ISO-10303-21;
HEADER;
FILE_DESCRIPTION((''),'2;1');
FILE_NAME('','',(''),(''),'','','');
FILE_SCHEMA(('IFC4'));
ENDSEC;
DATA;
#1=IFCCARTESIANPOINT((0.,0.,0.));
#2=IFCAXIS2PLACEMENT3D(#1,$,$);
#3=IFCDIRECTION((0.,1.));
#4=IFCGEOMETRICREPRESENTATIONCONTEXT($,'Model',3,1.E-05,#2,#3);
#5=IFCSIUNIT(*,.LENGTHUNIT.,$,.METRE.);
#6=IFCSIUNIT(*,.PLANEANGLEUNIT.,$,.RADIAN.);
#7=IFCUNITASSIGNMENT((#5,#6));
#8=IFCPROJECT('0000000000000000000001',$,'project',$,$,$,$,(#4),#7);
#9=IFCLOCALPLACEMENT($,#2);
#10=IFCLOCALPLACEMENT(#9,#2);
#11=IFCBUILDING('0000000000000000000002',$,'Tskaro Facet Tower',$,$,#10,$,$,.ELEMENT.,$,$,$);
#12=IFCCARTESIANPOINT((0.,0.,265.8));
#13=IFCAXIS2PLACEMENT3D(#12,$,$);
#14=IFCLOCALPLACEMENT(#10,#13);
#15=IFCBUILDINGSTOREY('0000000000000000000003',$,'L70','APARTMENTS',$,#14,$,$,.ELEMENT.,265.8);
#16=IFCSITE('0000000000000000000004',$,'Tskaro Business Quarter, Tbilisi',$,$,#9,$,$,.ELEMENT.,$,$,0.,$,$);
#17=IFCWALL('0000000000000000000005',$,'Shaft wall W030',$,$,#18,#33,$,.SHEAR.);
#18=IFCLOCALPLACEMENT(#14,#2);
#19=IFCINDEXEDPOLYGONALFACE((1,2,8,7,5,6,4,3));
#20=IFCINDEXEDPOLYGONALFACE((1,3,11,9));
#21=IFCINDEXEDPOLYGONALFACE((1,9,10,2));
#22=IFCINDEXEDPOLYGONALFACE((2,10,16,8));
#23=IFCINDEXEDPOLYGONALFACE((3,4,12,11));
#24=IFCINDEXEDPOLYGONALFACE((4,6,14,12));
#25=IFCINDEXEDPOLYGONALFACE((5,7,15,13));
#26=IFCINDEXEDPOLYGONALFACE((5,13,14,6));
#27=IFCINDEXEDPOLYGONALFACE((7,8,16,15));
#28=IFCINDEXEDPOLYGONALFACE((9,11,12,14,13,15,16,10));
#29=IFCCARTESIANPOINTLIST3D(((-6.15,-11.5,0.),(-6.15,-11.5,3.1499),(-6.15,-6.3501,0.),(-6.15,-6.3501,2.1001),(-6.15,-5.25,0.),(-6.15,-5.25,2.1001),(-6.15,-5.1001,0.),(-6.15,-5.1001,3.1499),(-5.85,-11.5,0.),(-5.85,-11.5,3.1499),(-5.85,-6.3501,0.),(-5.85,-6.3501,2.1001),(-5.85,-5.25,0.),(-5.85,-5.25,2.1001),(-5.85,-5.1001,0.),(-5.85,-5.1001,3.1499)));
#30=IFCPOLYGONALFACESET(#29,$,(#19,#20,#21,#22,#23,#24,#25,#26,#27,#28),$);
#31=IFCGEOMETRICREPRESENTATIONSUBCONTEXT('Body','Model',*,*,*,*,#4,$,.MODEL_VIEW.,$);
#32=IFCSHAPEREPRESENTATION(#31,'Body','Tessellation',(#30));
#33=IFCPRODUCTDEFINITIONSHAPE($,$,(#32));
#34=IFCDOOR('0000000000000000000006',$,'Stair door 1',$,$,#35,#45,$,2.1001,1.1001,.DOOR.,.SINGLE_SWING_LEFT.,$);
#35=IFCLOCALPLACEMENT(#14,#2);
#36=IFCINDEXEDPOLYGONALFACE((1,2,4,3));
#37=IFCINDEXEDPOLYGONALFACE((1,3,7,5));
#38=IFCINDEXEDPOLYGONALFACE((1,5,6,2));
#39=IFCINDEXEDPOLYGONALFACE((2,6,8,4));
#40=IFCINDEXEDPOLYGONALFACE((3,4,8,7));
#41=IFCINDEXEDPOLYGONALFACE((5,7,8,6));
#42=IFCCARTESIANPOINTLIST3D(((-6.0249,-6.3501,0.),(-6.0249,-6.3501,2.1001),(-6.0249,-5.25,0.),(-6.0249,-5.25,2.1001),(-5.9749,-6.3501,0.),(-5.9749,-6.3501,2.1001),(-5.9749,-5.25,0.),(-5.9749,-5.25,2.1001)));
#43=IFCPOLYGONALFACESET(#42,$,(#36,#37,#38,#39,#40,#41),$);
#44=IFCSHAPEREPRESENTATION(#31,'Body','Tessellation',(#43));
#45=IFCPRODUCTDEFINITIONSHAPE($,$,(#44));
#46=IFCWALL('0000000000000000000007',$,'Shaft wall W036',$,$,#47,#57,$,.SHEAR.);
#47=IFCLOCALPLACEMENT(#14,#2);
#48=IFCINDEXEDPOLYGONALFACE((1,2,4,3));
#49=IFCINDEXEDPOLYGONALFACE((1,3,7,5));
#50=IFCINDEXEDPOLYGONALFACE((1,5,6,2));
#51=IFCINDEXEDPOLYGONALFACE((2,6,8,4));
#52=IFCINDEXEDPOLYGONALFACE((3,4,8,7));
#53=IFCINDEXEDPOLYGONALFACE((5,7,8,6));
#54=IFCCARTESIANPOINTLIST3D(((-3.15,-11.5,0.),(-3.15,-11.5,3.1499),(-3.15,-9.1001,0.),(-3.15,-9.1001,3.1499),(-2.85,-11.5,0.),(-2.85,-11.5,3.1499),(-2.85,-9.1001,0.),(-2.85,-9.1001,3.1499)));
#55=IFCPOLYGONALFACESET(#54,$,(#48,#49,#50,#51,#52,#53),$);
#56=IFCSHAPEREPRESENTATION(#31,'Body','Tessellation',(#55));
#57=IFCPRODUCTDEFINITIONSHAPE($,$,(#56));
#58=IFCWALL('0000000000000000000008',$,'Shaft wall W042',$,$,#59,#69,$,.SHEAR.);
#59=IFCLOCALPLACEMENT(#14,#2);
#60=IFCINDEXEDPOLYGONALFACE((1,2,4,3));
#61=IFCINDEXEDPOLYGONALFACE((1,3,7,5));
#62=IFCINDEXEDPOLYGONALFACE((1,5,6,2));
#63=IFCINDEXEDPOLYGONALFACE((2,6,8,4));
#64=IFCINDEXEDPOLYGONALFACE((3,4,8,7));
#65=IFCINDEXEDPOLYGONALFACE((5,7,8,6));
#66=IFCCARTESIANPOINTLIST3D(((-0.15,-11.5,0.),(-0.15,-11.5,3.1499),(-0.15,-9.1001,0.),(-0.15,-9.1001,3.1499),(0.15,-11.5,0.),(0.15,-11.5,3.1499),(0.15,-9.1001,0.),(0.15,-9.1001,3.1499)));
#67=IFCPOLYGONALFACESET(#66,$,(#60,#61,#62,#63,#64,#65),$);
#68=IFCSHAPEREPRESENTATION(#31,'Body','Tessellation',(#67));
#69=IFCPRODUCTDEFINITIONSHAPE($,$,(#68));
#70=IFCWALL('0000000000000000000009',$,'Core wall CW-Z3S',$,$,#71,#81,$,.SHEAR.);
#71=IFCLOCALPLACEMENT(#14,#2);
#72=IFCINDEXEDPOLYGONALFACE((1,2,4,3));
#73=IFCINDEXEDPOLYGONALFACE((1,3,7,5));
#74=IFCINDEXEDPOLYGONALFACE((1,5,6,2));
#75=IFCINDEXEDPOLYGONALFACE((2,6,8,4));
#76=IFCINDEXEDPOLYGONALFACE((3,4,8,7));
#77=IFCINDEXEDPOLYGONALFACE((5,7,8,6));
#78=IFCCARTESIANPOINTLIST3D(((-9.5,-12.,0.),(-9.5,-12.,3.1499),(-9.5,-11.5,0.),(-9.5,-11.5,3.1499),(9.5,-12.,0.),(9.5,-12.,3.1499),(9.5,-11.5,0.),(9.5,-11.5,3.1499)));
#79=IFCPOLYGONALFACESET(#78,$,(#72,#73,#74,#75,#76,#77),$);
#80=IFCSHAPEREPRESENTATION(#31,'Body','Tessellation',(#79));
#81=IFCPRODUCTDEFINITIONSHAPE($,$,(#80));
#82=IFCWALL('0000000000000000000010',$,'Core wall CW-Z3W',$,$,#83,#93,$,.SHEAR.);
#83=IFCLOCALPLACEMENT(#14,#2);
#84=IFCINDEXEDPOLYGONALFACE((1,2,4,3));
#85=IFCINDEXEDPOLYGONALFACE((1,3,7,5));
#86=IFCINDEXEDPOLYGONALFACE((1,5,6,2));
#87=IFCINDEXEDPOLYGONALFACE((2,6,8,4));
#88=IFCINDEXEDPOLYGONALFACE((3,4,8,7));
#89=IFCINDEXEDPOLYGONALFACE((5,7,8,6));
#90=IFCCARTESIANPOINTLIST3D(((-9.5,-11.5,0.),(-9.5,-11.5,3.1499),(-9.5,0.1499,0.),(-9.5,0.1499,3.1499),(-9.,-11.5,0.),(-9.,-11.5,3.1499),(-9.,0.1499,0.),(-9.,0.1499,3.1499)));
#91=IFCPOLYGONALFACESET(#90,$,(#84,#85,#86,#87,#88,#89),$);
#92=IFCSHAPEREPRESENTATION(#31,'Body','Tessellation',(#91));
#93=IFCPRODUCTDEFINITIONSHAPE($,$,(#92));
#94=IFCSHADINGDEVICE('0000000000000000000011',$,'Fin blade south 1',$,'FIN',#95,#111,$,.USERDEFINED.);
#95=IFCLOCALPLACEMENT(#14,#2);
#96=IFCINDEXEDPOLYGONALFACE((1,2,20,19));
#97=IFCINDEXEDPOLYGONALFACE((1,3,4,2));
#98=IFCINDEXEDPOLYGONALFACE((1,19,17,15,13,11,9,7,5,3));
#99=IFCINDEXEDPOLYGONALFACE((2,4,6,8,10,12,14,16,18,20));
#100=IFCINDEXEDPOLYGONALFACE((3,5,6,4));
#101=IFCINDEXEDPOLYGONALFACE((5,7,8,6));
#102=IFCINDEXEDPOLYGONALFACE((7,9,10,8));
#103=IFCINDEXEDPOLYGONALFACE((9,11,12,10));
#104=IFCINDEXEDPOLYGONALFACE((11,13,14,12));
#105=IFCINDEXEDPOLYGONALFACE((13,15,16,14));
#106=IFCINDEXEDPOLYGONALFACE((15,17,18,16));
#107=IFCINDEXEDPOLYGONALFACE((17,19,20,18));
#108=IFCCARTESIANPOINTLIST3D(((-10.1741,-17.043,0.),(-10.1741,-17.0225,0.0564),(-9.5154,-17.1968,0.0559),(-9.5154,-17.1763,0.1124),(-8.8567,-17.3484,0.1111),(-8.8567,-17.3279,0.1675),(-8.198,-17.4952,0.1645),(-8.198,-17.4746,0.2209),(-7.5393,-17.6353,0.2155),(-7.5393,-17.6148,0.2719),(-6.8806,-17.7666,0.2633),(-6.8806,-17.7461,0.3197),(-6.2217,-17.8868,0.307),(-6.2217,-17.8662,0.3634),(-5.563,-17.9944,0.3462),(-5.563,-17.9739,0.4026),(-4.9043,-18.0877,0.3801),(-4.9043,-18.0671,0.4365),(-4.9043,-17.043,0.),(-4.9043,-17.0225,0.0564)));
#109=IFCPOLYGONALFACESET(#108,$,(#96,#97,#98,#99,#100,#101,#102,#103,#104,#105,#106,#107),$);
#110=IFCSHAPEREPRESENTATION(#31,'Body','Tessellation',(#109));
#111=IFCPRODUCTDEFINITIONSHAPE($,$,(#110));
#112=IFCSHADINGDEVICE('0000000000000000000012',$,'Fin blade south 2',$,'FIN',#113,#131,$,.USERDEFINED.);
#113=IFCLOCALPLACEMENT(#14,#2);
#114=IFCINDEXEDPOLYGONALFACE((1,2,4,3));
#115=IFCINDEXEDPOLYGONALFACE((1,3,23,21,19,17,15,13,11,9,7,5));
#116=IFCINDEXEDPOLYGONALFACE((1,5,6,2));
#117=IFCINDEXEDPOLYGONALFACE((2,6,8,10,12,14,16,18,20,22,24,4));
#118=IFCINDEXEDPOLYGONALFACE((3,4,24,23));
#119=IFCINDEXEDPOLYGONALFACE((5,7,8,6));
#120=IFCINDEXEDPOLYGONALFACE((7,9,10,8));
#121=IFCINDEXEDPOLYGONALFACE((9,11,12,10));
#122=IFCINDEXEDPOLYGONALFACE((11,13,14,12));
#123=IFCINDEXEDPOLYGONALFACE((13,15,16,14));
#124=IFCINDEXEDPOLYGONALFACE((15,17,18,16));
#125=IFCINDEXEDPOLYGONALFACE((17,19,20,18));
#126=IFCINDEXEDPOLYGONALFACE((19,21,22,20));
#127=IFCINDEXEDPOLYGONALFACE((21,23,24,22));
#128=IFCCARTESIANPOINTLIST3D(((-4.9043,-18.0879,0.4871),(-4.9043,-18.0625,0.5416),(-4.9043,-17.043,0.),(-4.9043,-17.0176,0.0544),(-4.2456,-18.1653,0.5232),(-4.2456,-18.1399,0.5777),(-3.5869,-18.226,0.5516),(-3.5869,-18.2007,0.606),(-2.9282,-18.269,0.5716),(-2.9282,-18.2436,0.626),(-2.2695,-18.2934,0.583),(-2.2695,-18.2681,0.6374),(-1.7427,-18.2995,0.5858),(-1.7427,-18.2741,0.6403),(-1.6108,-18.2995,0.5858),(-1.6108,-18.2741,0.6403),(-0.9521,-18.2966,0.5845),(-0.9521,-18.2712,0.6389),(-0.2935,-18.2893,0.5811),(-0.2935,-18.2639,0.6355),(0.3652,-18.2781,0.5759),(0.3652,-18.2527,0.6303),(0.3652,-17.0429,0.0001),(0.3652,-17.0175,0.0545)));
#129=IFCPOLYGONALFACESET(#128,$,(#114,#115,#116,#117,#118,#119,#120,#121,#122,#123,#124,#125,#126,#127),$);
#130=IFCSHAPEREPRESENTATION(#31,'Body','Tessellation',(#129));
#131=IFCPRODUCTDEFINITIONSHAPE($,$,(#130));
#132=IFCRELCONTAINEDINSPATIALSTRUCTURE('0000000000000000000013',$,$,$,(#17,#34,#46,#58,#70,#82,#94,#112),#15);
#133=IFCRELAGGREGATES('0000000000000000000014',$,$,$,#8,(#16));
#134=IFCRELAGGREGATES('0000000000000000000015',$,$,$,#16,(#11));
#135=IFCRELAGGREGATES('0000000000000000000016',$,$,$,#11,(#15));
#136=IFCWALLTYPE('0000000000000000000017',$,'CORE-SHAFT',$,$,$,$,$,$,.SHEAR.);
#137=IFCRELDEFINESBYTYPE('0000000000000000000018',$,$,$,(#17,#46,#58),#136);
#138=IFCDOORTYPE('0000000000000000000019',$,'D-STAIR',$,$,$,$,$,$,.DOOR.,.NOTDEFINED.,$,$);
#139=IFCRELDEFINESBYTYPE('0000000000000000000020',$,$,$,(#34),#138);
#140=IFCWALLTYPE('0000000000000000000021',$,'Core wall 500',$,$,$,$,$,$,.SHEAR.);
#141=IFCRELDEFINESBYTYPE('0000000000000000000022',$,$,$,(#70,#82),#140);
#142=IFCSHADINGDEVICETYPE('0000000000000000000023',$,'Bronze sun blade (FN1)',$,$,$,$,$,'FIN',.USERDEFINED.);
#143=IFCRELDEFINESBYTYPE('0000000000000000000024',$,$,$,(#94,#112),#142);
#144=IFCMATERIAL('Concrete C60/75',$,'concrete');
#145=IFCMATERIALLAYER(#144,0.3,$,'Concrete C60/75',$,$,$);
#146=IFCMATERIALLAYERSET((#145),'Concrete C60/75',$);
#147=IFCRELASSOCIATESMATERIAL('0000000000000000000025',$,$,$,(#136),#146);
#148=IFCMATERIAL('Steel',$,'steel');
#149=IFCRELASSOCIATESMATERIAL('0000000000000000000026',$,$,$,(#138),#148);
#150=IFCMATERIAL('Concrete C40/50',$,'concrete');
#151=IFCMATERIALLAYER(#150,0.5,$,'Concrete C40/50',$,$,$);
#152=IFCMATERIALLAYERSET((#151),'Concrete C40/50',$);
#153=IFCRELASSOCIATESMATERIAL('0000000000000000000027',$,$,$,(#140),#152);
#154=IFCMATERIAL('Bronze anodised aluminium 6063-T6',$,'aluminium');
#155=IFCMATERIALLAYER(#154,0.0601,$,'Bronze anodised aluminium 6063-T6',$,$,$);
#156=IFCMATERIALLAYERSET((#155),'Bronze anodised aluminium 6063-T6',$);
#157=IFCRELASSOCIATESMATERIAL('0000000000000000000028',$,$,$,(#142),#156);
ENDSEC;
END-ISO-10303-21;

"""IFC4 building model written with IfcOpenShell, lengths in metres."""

from ifc_helpers import new_model, si_unit, direction, frame, frame_2d, origin, place, context, subcontext, project, spatial, polyline, rectangle, outline, extrude, material, layer, layer_set, type_object, element, fill, save


model = new_model("IFC4")

# Units and contexts
model_context = context("Model", 3, precision=1e-05, world=origin(), true_north=direction((0.0, 1.0)))
body_context = subcontext(model_context, "Body", "Model", "MODEL_VIEW")
ifc_project = project(units=[si_unit("LENGTHUNIT", "METRE"), si_unit("PLANEANGLEUNIT", "RADIAN")], contexts=[model_context])

# Site, building, storey
site_placement = place(None, origin())
site = spatial("IfcSite", under=ifc_project, at=site_placement, Name="Tskaro Business Quarter, Tbilisi", CompositionType="ELEMENT", RefElevation=0.0)
building_placement = place(site_placement, origin())
building = spatial("IfcBuilding", under=site, at=building_placement, Name="Tskaro Facet Tower", CompositionType="ELEMENT")
storey_placement = place(building_placement, frame((0.0, 0.0, 265.8)))
storey = spatial("IfcBuildingStorey", under=building, at=storey_placement, Name="L70", Description="APARTMENTS", CompositionType="ELEMENT", Elevation=265.8)

# Shared definitions
ifc_material_1 = material(Name="Bronze anodised aluminium 6063-T6", Category="aluminium")

# Wall, opening, door
ifc_material_2 = material(Name="Concrete C60/75", Category="concrete")
ifc_layer_1 = layer(ifc_material_2, 0.3, Name="Concrete C60/75")
ifc_layer_set_1 = layer_set([ifc_layer_1], Name="Concrete C60/75")
wall_type_1 = type_object("IfcWallType", Name="CORE-SHAFT", PredefinedType="SHEAR", material=ifc_layer_set_1)
wall_1_placement = place(storey_placement, frame((-6.0, -11.5, 0.0), z_axis=(0.0, 0.0, 1.0), x_axis=(0.0, 1.0, 0.0)))
wall_1 = element("IfcWall", 1, at=wall_1_placement, inside=storey, type_object=wall_type_1, Name="Shaft wall W030", PredefinedType="SHEAR", context=body_context, shape_type="SweptSolid", body=[
    extrude(rectangle(XDim=6.3999, YDim=0.3, at=frame_2d((3.2, 0.0))), origin(), (0.0, 0.0, 1.0), 3.1499),
])
opening_placement = place(wall_1_placement, frame((5.1499, 0.0, 0.0)))
opening = element("IfcOpeningElement", 2, at=opening_placement, cuts=wall_1, PredefinedType="OPENING", context=body_context, shape_type="SweptSolid", body=[
    extrude(rectangle(XDim=1.1001, YDim=2.1001, at=frame_2d((0.55, 1.05))), frame((0.0, 0.1599, 0.0), z_axis=(0.0, -1.0, 0.0), x_axis=(1.0, 0.0, 0.0)), (0.0, 0.0, 1.0), 0.3201),
])
ifc_material_3 = material(Name="Steel", Category="steel")
door_type = type_object("IfcDoorType", Name="D-STAIR", OperationType="NOTDEFINED", PredefinedType="DOOR", material=ifc_material_3)
door_placement = place(opening_placement, origin())
door = element("IfcDoor", 3, at=door_placement, inside=storey, type_object=door_type, Name="Stair door 1", OperationType="SINGLE_SWING_LEFT", OverallHeight=2.1001, OverallWidth=1.1001, PredefinedType="DOOR", context=body_context, shape_type="SweptSolid", body=[
    extrude(rectangle(XDim=1.1001, YDim=2.1001, at=frame_2d((0.55, 1.05))), frame((0.0, 0.0249, 0.0), z_axis=(0.0, -1.0, 0.0), x_axis=(1.0, 0.0, 0.0)), (0.0, 0.0, 1.0), 0.05),
])
fill(opening, door)

# Walls
for number, where, z_axis, x_axis, name in (
    (4, (-3.0, -11.5, 0.0), (0.0, 0.0, 1.0), (0.0, 1.0, 0.0), "Shaft wall W036"),
    (5, (0.0, -11.5, 0.0), (0.0, 0.0, 1.0), (0.0, 1.0, 0.0), "Shaft wall W042"),
):
    element("IfcWall", number, at=place(storey_placement, frame(where, z_axis=z_axis, x_axis=x_axis)), inside=storey, type_object=wall_type_1, Name=name, PredefinedType="SHEAR", context=body_context, shape_type="SweptSolid", body=[
        extrude(rectangle(XDim=2.3999, YDim=0.3, at=frame_2d((1.2, 0.0))), origin(), (0.0, 0.0, 1.0), 3.1499),
    ])
ifc_material_4 = material(Name="Concrete C40/50", Category="concrete")
ifc_layer_2 = layer(ifc_material_4, 0.5, Name="Concrete C40/50")
ifc_layer_set_2 = layer_set([ifc_layer_2], Name="Concrete C40/50")
wall_type_2 = type_object("IfcWallType", Name="Core wall 500", PredefinedType="SHEAR", material=ifc_layer_set_2)
wall_2_placement = place(storey_placement, frame((-9.5, -11.75, 0.0), z_axis=(0.0, 0.0, 1.0), x_axis=(1.0, 0.0, 0.0)))
element("IfcWall", 6, at=wall_2_placement, inside=storey, type_object=wall_type_2, Name="Core wall CW-Z3S", PredefinedType="SHEAR", context=body_context, shape_type="SweptSolid", body=[
    extrude(rectangle(XDim=19.0, YDim=0.5, at=frame_2d((9.5, 0.0))), origin(), (0.0, 0.0, 1.0), 3.1499),
])
wall_3_placement = place(storey_placement, frame((-9.25, -11.5, 0.0), z_axis=(0.0, 0.0, 1.0), x_axis=(0.0, 1.0, 0.0)))
element("IfcWall", 7, at=wall_3_placement, inside=storey, type_object=wall_type_2, Name="Core wall CW-Z3W", PredefinedType="SHEAR", context=body_context, shape_type="SweptSolid", body=[
    extrude(rectangle(XDim=11.6499, YDim=0.5, at=frame_2d((5.825, 0.0))), origin(), (0.0, 0.0, 1.0), 3.1499),
])

# Shading devices
ifc_layer_3 = layer(ifc_material_1, 0.0601, Name="Bronze anodised aluminium 6063-T6")
ifc_layer_set_3 = layer_set([ifc_layer_3], Name="Bronze anodised aluminium 6063-T6")
shading_device_type = type_object("IfcShadingDeviceType", Name="Bronze sun blade (FN1)", ElementType="FIN", PredefinedType="USERDEFINED", material=ifc_layer_set_3)
shading_device_1_placement = place(storey_placement, frame((-10.1741, -17.0225, 0.0564), z_axis=(-0.000002, 0.341932, 0.939725), x_axis=(1.0, 0.000001, 0.000002)))
element("IfcShadingDevice", 8, at=shading_device_1_placement, inside=storey, type_object=shading_device_type, Name="Fin blade south 1", ObjectType="FIN", PredefinedType="USERDEFINED", context=body_context, shape_type="SweptSolid", body=[
    extrude(outline(polyline([(0.0, 0.0), (5.2698, 0.0), (5.2698, -1.1117), (4.6111, -1.0124), (3.9524, -0.8979), (3.2935, -0.77), (2.6348, -0.6303), (1.9761, -0.4812), (1.3174, -0.325), (0.6587, -0.1637), (0.0, 0.0)])), origin(), (0.0, 0.0, -1.0), 0.0601),
])
shading_device_2_placement = place(storey_placement, frame((-4.9043, -17.0176, 0.0544), z_axis=(-0.000018, 0.422522, 0.906353), x_axis=(1.0, 0.000008, 0.000016)))
element("IfcShadingDevice", 9, at=shading_device_2_placement, inside=storey, type_object=shading_device_type, Name="Fin blade south 2", ObjectType="FIN", PredefinedType="USERDEFINED", context=body_context, shape_type="SweptSolid", body=[
    extrude(outline(polyline([(0.0, 0.0), (5.2695, 0.0), (5.2695, -1.3628), (4.6108, -1.3751), (3.9521, -1.3832), (3.2935, -1.3864), (3.1616, -1.3864), (2.6348, -1.3797), (1.9761, -1.3527), (1.3174, -1.3053), (0.6587, -1.2383), (0.0, -1.1529), (0.0, 0.0)])), origin(), (0.0, 0.0, -1.0), 0.0601),
])

save(model, "model.ifc")
